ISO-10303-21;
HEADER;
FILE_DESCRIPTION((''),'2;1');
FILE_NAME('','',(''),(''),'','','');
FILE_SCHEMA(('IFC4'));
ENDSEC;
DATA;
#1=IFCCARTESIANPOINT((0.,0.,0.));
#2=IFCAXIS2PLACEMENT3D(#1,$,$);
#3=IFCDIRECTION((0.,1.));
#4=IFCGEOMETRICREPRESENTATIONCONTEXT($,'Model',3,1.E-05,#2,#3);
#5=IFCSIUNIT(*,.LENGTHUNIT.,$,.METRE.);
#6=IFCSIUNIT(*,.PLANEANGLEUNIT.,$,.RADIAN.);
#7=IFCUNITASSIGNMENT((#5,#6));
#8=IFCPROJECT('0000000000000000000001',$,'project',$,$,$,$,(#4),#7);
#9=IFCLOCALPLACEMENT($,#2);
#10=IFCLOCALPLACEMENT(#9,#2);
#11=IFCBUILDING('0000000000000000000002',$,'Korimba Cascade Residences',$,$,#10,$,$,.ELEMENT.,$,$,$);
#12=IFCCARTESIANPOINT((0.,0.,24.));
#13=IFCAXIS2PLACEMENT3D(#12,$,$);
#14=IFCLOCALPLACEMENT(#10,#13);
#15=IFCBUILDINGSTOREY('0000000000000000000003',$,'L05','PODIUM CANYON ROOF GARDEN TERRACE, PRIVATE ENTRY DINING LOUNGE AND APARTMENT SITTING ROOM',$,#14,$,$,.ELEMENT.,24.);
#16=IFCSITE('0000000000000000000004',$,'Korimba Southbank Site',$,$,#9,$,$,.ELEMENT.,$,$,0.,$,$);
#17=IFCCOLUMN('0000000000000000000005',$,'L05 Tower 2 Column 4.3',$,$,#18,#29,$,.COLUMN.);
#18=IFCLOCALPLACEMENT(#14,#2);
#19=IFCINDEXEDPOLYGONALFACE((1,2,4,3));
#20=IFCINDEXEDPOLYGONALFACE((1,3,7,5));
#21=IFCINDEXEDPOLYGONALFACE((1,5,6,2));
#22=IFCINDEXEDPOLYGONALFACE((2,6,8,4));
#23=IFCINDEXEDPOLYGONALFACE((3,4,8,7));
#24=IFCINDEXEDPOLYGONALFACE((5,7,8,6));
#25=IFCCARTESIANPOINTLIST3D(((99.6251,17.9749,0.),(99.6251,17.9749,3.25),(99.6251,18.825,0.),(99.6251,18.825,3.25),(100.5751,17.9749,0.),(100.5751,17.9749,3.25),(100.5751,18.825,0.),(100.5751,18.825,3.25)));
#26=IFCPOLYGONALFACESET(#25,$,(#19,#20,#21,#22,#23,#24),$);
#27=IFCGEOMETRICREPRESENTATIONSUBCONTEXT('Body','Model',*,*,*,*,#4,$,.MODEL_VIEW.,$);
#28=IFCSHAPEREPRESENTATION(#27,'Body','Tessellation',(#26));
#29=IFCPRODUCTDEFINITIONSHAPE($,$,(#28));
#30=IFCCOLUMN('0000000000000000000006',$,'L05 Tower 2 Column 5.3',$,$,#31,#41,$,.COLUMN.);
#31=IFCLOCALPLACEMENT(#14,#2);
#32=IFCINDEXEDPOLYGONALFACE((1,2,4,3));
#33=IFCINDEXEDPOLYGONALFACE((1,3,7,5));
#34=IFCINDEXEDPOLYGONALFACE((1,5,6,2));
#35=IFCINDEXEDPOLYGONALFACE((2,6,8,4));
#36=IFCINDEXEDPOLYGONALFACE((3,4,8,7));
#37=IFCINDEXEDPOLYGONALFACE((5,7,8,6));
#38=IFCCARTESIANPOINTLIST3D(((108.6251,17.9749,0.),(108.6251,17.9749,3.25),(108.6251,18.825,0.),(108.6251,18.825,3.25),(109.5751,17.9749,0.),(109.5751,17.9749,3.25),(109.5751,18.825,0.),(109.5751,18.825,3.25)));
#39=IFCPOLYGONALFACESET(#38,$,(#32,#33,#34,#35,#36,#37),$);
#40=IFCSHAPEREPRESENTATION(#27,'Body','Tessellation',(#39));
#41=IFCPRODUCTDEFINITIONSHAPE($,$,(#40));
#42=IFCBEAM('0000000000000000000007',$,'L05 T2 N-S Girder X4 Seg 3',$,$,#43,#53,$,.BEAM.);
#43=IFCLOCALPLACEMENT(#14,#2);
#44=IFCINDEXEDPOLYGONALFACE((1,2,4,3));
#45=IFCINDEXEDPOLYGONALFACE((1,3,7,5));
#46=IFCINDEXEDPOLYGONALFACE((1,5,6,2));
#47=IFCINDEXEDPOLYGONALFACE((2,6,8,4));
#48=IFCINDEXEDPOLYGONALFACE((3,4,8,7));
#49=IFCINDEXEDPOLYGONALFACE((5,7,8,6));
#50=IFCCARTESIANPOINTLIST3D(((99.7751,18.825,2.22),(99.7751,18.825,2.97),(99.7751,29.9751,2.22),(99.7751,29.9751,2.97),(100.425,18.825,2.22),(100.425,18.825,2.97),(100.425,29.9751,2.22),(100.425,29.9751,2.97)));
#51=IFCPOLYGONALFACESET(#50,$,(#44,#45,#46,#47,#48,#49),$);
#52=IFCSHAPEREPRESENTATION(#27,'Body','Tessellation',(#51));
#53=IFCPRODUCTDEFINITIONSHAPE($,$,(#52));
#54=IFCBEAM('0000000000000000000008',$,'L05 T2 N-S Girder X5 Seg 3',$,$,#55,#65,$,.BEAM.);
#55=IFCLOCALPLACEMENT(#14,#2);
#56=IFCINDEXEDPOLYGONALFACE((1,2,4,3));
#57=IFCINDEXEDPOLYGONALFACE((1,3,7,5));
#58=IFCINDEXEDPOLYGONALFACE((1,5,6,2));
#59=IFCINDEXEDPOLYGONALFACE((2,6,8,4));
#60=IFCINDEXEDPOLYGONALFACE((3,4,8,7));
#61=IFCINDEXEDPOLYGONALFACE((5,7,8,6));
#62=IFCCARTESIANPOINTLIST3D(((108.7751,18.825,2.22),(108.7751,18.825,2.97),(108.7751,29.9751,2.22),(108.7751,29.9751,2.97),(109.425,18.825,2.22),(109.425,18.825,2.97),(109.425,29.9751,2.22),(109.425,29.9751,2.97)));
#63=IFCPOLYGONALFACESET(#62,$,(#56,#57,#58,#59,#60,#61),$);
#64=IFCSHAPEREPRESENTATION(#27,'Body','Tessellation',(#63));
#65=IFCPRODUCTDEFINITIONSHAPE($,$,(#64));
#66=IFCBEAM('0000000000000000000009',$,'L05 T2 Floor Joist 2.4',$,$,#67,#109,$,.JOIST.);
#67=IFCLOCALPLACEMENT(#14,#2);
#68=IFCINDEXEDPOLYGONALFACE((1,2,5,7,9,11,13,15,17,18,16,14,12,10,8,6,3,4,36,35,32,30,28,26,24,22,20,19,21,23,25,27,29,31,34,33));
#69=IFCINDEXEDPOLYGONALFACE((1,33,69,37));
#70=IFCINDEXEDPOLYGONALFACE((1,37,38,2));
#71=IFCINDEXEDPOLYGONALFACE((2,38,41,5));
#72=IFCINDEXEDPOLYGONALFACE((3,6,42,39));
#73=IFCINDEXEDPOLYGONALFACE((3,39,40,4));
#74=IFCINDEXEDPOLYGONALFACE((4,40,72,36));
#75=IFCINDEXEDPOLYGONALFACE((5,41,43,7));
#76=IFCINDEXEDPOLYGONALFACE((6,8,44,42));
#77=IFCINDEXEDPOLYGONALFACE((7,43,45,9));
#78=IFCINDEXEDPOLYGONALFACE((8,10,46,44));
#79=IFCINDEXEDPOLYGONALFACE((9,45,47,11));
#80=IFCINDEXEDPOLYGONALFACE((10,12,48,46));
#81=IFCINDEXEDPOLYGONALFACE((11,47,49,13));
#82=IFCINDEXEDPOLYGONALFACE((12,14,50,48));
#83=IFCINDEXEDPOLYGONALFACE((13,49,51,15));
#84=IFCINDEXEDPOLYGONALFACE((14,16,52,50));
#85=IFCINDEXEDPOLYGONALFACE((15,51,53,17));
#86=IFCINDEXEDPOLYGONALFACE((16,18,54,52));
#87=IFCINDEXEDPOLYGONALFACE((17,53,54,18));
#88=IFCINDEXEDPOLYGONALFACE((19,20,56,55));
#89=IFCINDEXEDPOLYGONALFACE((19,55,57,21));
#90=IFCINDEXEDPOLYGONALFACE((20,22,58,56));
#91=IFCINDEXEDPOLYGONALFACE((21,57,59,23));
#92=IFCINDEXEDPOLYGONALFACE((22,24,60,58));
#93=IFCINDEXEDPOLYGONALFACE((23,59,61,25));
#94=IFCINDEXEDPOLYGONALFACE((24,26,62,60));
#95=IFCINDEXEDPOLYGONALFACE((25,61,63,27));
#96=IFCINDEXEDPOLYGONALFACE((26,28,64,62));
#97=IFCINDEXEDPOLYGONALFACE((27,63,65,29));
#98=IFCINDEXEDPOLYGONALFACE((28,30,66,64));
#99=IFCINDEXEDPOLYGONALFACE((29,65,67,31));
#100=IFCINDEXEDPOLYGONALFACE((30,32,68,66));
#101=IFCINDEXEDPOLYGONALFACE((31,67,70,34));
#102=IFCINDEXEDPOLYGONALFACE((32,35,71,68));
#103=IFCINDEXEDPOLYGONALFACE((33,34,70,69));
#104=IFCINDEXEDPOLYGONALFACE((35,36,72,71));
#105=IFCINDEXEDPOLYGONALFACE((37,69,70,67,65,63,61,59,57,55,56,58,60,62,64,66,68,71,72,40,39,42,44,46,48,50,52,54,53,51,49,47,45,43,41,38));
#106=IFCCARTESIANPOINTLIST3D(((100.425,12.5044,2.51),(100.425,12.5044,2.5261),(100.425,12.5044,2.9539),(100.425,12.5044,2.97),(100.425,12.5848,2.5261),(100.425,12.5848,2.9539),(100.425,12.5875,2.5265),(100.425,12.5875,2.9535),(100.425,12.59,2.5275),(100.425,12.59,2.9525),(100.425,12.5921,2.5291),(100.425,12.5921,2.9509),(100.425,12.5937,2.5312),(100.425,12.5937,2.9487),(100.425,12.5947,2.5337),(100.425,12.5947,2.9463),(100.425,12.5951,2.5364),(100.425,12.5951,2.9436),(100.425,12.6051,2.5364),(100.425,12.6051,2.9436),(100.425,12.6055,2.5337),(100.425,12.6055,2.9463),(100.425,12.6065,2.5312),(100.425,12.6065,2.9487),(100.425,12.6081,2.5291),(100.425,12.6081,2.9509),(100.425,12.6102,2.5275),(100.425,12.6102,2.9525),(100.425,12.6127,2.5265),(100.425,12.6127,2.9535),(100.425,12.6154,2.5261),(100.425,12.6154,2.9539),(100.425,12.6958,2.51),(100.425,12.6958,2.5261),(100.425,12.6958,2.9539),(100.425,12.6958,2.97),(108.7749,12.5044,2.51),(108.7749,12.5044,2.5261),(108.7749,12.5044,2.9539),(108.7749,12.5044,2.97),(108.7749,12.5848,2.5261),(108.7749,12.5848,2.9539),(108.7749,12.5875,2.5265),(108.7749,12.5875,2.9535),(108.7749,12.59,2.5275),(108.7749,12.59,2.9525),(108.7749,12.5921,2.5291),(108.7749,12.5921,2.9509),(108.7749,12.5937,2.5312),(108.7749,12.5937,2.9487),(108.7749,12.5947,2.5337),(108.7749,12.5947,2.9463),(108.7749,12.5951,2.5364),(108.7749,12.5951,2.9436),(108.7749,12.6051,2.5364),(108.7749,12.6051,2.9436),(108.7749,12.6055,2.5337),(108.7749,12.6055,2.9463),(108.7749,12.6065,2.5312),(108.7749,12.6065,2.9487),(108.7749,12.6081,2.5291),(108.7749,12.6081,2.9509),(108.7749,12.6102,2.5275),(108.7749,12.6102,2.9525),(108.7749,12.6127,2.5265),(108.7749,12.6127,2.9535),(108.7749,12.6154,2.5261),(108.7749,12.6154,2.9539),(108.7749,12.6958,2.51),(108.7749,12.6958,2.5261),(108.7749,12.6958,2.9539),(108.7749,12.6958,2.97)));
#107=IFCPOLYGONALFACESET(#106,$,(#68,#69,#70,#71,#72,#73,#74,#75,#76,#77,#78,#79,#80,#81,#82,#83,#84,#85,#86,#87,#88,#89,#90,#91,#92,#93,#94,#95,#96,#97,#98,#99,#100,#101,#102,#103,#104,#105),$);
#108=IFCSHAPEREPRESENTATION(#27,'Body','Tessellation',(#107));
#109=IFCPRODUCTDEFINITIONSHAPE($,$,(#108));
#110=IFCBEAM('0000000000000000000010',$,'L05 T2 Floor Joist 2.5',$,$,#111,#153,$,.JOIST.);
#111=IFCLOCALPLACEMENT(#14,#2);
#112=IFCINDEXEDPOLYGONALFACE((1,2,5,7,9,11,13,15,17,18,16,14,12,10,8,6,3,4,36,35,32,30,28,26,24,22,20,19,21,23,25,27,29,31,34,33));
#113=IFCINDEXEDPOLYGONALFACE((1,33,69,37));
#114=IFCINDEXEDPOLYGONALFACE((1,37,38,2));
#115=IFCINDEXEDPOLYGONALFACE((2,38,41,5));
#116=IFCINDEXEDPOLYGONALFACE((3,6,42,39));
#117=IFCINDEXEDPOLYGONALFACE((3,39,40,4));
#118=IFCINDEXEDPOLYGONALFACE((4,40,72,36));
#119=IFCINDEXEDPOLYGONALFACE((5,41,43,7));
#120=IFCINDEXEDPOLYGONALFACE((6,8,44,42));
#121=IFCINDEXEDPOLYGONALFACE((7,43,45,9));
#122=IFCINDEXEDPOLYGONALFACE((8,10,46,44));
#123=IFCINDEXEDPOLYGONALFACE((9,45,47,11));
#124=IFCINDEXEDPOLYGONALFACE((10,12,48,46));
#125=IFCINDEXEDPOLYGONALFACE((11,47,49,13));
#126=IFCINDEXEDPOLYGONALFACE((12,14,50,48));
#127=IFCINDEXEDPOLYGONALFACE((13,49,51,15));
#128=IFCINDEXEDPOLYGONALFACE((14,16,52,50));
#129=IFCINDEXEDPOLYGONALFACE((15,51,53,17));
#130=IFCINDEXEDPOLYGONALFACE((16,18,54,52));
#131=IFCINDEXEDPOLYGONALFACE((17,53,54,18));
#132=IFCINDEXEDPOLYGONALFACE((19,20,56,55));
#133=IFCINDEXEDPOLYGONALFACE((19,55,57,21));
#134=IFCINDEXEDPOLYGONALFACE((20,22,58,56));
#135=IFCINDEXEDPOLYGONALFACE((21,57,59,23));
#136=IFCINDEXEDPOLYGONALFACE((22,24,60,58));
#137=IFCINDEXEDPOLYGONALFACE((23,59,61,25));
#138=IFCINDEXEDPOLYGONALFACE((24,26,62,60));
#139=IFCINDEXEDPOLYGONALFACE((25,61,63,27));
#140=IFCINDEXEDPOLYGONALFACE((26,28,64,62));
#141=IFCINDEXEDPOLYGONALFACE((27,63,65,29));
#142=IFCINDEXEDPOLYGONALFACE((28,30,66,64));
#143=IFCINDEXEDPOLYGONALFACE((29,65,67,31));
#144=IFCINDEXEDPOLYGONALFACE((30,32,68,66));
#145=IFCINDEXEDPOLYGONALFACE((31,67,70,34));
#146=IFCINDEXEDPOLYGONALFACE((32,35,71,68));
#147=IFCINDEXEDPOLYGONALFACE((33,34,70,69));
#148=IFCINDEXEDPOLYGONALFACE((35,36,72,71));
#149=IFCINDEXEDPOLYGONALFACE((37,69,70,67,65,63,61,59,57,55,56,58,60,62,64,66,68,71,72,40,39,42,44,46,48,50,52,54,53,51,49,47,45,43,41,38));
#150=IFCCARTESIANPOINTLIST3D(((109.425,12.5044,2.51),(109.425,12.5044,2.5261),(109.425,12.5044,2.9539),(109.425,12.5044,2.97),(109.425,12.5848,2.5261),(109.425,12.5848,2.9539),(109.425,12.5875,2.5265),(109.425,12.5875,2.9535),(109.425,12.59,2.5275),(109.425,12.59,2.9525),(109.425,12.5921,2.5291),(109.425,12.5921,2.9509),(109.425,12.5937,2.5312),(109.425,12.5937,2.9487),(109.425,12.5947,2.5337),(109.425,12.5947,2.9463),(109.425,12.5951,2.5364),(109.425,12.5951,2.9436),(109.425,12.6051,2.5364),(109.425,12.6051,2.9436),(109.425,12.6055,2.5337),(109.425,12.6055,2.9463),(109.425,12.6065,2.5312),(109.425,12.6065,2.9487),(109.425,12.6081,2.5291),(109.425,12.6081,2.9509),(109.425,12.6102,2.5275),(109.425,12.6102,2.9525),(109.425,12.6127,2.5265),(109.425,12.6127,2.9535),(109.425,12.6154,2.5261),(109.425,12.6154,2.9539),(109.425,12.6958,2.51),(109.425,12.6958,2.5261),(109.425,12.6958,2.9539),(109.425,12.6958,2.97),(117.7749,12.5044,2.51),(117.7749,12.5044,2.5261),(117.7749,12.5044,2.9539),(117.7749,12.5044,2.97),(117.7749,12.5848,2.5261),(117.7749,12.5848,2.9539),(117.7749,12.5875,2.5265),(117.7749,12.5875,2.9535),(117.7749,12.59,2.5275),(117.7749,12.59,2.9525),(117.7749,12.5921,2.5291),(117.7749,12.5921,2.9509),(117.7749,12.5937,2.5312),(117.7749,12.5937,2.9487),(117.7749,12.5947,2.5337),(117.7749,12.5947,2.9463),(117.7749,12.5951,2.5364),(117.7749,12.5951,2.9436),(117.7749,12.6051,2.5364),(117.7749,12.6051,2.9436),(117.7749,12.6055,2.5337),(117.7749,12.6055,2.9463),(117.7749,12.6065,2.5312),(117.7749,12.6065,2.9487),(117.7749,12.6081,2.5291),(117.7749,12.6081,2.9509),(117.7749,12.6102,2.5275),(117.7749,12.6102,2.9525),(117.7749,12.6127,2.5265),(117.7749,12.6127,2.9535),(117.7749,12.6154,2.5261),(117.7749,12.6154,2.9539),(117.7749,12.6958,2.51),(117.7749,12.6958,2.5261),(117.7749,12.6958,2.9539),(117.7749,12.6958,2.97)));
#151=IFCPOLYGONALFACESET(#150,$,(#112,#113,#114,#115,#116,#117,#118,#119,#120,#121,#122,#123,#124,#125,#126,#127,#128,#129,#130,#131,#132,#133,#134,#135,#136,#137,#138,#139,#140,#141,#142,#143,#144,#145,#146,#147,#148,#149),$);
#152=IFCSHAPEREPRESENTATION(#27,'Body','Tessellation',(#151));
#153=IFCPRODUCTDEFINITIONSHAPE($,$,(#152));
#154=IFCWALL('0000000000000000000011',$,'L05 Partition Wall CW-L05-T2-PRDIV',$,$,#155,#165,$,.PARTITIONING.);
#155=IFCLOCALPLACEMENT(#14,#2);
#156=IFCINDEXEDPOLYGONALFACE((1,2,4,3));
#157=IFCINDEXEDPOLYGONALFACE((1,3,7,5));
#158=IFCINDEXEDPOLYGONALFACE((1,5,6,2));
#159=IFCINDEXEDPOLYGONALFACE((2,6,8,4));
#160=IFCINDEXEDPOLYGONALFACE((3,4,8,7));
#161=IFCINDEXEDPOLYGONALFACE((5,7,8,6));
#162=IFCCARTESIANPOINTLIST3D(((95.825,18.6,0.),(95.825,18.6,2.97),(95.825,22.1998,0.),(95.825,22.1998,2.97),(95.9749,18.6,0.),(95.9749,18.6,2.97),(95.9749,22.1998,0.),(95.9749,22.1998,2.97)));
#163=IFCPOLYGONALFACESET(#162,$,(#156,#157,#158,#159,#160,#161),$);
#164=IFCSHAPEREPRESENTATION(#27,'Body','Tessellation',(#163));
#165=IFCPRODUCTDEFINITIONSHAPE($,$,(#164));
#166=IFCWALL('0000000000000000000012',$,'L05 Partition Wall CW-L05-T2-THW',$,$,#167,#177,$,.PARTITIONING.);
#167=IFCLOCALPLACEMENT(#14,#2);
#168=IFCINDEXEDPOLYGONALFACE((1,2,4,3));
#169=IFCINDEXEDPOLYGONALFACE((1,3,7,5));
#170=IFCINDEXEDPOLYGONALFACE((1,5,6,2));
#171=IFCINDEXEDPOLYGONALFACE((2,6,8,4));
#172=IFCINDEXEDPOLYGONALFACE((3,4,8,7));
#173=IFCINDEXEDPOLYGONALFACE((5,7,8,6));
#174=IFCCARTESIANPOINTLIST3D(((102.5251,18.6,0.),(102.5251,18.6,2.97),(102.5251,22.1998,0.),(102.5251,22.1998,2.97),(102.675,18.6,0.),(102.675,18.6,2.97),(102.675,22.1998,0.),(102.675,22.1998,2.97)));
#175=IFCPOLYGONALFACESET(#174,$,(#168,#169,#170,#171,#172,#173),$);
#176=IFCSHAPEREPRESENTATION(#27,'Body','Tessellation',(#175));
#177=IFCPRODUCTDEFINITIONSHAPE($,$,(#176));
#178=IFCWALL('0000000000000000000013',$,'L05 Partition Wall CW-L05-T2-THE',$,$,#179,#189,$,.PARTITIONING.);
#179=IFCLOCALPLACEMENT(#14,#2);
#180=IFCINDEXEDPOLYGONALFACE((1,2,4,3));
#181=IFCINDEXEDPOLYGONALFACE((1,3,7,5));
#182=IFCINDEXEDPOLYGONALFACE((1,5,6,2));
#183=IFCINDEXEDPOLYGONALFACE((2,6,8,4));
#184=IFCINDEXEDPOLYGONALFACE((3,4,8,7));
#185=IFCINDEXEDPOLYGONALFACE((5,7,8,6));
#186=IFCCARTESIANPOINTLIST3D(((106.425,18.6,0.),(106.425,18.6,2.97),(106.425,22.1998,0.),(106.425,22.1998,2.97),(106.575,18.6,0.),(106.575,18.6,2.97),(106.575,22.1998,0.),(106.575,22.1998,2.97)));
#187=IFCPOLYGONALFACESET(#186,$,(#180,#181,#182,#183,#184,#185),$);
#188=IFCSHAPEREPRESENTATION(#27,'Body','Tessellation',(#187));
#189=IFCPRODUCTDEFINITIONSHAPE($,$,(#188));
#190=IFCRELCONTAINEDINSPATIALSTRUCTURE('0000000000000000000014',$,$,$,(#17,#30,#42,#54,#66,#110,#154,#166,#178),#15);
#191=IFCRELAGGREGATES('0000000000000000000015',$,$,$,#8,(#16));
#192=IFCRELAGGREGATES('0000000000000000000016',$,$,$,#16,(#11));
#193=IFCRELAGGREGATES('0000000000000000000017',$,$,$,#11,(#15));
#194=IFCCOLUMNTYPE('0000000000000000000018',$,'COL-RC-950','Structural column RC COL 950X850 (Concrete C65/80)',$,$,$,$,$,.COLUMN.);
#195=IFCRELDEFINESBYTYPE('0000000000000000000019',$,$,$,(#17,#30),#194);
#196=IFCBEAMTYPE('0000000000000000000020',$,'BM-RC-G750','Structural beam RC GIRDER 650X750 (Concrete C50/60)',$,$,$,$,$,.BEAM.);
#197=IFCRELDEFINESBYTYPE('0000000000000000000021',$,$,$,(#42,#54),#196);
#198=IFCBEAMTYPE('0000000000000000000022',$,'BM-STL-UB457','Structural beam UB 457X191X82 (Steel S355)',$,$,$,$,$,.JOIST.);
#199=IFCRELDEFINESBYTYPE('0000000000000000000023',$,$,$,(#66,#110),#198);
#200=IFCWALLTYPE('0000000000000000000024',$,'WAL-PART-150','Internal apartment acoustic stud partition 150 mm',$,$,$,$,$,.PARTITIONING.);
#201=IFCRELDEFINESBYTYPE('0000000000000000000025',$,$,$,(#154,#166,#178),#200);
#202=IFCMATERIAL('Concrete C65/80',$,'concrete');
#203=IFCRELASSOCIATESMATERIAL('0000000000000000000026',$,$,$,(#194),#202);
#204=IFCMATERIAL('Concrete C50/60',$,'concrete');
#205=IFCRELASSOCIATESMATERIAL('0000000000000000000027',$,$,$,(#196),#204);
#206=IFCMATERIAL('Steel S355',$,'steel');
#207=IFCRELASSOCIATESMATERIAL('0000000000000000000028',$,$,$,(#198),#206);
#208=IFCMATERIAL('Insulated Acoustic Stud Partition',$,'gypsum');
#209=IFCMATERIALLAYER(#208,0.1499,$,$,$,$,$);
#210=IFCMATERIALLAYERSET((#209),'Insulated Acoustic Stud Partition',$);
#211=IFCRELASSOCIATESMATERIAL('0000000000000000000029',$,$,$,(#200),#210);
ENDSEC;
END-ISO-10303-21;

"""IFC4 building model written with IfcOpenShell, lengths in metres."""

from ifc_helpers import new_model, si_unit, direction, frame, frame_2d, origin, origin_2d, place, context, subcontext, project, spatial, rectangle, i_section, extrude, material, layer, layer_set, material_profile, profile_set, type_object, element, save


model = new_model("IFC4")

# Units and contexts
model_context = context("Model", 3, precision=1e-05, world=origin(), true_north=direction((0.0, 1.0)))
body_context = subcontext(model_context, "Body", "Model", "MODEL_VIEW")
ifc_project = project(units=[si_unit("LENGTHUNIT", "METRE"), si_unit("PLANEANGLEUNIT", "RADIAN")], contexts=[model_context])

# Site, building, storey
site_placement = place(None, origin())
site = spatial("IfcSite", under=ifc_project, at=site_placement, Name="Korimba Southbank Site", CompositionType="ELEMENT", RefElevation=0.0)
building_placement = place(site_placement, origin())
building = spatial("IfcBuilding", under=site, at=building_placement, Name="Korimba Cascade Residences", CompositionType="ELEMENT")
storey_placement = place(building_placement, frame((0.0, 0.0, 24.0)))
storey = spatial("IfcBuildingStorey", under=building, at=storey_placement, Name="L05", Description="PODIUM CANYON ROOF GARDEN TERRACE, PRIVATE ENTRY DINING LOUNGE AND APARTMENT SITTING ROOM", CompositionType="ELEMENT", Elevation=24.0)

# Columns
ifc_material_1 = material(Name="Concrete C65/80", Category="concrete")
ifc_material_profile_1 = material_profile(ifc_material_1, rectangle(XDim=0.95, YDim=0.8501, at=origin_2d()), Name="Concrete C65/80")
ifc_profile_set_1 = profile_set([ifc_material_profile_1], Name="Concrete C65/80")
column_type = type_object("IfcColumnType", Name="COL-RC-950", Description="Structural column RC COL 950X850 (Concrete C65/80)", PredefinedType="COLUMN", material=ifc_profile_set_1)
for number, where, z_axis, x_axis, name in (
    (1, (100.1001, 18.3999, 0.0), (0.0, 0.0, 1.0), (1.0, 0.0, 0.0), "L05 Tower 2 Column 4.3"),
    (2, (109.1001, 18.3999, 0.0), (0.0, 0.0, 1.0), (1.0, 0.0, 0.0), "L05 Tower 2 Column 5.3"),
):
    element("IfcColumn", number, at=place(storey_placement, frame(where, z_axis=z_axis, x_axis=x_axis)), inside=storey, type_object=column_type, Name=name, PredefinedType="COLUMN", context=body_context, shape_type="SweptSolid", body=[
        extrude(rectangle(XDim=0.95, YDim=0.8501, at=origin_2d()), origin(), (0.0, 0.0, 1.0), 3.25),
    ])

# Beams
ifc_material_2 = material(Name="Concrete C50/60", Category="concrete")
ifc_material_profile_2 = material_profile(ifc_material_2, rectangle(XDim=0.6499, YDim=0.75, at=origin_2d()), Name="Concrete C50/60")
ifc_profile_set_2 = profile_set([ifc_material_profile_2], Name="Concrete C50/60")
beam_type_1 = type_object("IfcBeamType", Name="BM-RC-G750", Description="Structural beam RC GIRDER 650X750 (Concrete C50/60)", PredefinedType="BEAM", material=ifc_profile_set_2)
for number, where, z_axis, x_axis, name in (
    (3, (100.1001, 18.825, 2.595), (0.0, 1.0, 0.0), (-1.0, 0.0, 0.0), "L05 T2 N-S Girder X4 Seg 3"),
    (4, (109.1001, 18.825, 2.595), (0.0, 1.0, 0.0), (-1.0, 0.0, 0.0), "L05 T2 N-S Girder X5 Seg 3"),
):
    element("IfcBeam", number, at=place(storey_placement, frame(where, z_axis=z_axis, x_axis=x_axis)), inside=storey, type_object=beam_type_1, Name=name, PredefinedType="BEAM", context=body_context, shape_type="SweptSolid", body=[
        extrude(rectangle(XDim=0.6499, YDim=0.75, at=origin_2d()), origin(), (0.0, 0.0, 1.0), 11.1501),
    ])
ifc_material_3 = material(Name="Steel S355", Category="steel")
ifc_material_profile_3 = material_profile(ifc_material_3, i_section(OverallWidth=0.1914, OverallDepth=0.46, WebThickness=0.01, FlangeThickness=0.0161, FilletRadius=0.0103, at=origin_2d()), Name="Steel S355")
ifc_profile_set_3 = profile_set([ifc_material_profile_3], Name="Steel S355")
beam_type_2 = type_object("IfcBeamType", Name="BM-STL-UB457", Description="Structural beam UB 457X191X82 (Steel S355)", PredefinedType="JOIST", material=ifc_profile_set_3)
for number, where, z_axis, x_axis, name in (
    (5, (100.425, 12.6001, 2.74), (1.0, 0.0, 0.0), (0.0, 1.0, 0.0), "L05 T2 Floor Joist 2.4"),
    (6, (109.425, 12.6001, 2.74), (1.0, 0.0, 0.0), (0.0, 1.0, 0.0), "L05 T2 Floor Joist 2.5"),
):
    element("IfcBeam", number, at=place(storey_placement, frame(where, z_axis=z_axis, x_axis=x_axis)), inside=storey, type_object=beam_type_2, Name=name, PredefinedType="JOIST", context=body_context, shape_type="SweptSolid", body=[
        extrude(i_section(OverallWidth=0.1914, OverallDepth=0.46, WebThickness=0.01, FlangeThickness=0.0161, FilletRadius=0.0103, at=origin_2d()), origin(), (0.0, 0.0, 1.0), 8.3499),
    ])

# Walls
ifc_material_4 = material(Name="Insulated Acoustic Stud Partition", Category="gypsum")
ifc_layer_1 = layer(ifc_material_4, 0.1499)
ifc_layer_set_1 = layer_set([ifc_layer_1], Name="Insulated Acoustic Stud Partition")
wall_type_1 = type_object("IfcWallType", Name="WAL-PART-150", Description="Internal apartment acoustic stud partition 150 mm", PredefinedType="PARTITIONING", material=ifc_layer_set_1)
for number, where, z_axis, x_axis, name in (
    (7, (95.8999, 18.6001, 0.0), (0.0, 0.0, 1.0), (0.0, 1.0, 0.0), "L05 Partition Wall CW-L05-T2-PRDIV"),
    (8, (102.6001, 18.6001, 0.0), (0.0, 0.0, 1.0), (0.0, 1.0, 0.0), "L05 Partition Wall CW-L05-T2-THW"),
    (9, (106.5, 18.6001, 0.0), (0.0, 0.0, 1.0), (0.0, 1.0, 0.0), "L05 Partition Wall CW-L05-T2-THE"),
):
    element("IfcWall", number, at=place(storey_placement, frame(where, z_axis=z_axis, x_axis=x_axis)), inside=storey, type_object=wall_type_1, Name=name, PredefinedType="PARTITIONING", context=body_context, shape_type="SweptSolid", body=[
        extrude(rectangle(XDim=3.5999, YDim=0.1499, at=frame_2d((1.7998, 0.0))), origin(), (0.0, 0.0, 1.0), 2.97),
    ])

save(model, "model.ifc")
